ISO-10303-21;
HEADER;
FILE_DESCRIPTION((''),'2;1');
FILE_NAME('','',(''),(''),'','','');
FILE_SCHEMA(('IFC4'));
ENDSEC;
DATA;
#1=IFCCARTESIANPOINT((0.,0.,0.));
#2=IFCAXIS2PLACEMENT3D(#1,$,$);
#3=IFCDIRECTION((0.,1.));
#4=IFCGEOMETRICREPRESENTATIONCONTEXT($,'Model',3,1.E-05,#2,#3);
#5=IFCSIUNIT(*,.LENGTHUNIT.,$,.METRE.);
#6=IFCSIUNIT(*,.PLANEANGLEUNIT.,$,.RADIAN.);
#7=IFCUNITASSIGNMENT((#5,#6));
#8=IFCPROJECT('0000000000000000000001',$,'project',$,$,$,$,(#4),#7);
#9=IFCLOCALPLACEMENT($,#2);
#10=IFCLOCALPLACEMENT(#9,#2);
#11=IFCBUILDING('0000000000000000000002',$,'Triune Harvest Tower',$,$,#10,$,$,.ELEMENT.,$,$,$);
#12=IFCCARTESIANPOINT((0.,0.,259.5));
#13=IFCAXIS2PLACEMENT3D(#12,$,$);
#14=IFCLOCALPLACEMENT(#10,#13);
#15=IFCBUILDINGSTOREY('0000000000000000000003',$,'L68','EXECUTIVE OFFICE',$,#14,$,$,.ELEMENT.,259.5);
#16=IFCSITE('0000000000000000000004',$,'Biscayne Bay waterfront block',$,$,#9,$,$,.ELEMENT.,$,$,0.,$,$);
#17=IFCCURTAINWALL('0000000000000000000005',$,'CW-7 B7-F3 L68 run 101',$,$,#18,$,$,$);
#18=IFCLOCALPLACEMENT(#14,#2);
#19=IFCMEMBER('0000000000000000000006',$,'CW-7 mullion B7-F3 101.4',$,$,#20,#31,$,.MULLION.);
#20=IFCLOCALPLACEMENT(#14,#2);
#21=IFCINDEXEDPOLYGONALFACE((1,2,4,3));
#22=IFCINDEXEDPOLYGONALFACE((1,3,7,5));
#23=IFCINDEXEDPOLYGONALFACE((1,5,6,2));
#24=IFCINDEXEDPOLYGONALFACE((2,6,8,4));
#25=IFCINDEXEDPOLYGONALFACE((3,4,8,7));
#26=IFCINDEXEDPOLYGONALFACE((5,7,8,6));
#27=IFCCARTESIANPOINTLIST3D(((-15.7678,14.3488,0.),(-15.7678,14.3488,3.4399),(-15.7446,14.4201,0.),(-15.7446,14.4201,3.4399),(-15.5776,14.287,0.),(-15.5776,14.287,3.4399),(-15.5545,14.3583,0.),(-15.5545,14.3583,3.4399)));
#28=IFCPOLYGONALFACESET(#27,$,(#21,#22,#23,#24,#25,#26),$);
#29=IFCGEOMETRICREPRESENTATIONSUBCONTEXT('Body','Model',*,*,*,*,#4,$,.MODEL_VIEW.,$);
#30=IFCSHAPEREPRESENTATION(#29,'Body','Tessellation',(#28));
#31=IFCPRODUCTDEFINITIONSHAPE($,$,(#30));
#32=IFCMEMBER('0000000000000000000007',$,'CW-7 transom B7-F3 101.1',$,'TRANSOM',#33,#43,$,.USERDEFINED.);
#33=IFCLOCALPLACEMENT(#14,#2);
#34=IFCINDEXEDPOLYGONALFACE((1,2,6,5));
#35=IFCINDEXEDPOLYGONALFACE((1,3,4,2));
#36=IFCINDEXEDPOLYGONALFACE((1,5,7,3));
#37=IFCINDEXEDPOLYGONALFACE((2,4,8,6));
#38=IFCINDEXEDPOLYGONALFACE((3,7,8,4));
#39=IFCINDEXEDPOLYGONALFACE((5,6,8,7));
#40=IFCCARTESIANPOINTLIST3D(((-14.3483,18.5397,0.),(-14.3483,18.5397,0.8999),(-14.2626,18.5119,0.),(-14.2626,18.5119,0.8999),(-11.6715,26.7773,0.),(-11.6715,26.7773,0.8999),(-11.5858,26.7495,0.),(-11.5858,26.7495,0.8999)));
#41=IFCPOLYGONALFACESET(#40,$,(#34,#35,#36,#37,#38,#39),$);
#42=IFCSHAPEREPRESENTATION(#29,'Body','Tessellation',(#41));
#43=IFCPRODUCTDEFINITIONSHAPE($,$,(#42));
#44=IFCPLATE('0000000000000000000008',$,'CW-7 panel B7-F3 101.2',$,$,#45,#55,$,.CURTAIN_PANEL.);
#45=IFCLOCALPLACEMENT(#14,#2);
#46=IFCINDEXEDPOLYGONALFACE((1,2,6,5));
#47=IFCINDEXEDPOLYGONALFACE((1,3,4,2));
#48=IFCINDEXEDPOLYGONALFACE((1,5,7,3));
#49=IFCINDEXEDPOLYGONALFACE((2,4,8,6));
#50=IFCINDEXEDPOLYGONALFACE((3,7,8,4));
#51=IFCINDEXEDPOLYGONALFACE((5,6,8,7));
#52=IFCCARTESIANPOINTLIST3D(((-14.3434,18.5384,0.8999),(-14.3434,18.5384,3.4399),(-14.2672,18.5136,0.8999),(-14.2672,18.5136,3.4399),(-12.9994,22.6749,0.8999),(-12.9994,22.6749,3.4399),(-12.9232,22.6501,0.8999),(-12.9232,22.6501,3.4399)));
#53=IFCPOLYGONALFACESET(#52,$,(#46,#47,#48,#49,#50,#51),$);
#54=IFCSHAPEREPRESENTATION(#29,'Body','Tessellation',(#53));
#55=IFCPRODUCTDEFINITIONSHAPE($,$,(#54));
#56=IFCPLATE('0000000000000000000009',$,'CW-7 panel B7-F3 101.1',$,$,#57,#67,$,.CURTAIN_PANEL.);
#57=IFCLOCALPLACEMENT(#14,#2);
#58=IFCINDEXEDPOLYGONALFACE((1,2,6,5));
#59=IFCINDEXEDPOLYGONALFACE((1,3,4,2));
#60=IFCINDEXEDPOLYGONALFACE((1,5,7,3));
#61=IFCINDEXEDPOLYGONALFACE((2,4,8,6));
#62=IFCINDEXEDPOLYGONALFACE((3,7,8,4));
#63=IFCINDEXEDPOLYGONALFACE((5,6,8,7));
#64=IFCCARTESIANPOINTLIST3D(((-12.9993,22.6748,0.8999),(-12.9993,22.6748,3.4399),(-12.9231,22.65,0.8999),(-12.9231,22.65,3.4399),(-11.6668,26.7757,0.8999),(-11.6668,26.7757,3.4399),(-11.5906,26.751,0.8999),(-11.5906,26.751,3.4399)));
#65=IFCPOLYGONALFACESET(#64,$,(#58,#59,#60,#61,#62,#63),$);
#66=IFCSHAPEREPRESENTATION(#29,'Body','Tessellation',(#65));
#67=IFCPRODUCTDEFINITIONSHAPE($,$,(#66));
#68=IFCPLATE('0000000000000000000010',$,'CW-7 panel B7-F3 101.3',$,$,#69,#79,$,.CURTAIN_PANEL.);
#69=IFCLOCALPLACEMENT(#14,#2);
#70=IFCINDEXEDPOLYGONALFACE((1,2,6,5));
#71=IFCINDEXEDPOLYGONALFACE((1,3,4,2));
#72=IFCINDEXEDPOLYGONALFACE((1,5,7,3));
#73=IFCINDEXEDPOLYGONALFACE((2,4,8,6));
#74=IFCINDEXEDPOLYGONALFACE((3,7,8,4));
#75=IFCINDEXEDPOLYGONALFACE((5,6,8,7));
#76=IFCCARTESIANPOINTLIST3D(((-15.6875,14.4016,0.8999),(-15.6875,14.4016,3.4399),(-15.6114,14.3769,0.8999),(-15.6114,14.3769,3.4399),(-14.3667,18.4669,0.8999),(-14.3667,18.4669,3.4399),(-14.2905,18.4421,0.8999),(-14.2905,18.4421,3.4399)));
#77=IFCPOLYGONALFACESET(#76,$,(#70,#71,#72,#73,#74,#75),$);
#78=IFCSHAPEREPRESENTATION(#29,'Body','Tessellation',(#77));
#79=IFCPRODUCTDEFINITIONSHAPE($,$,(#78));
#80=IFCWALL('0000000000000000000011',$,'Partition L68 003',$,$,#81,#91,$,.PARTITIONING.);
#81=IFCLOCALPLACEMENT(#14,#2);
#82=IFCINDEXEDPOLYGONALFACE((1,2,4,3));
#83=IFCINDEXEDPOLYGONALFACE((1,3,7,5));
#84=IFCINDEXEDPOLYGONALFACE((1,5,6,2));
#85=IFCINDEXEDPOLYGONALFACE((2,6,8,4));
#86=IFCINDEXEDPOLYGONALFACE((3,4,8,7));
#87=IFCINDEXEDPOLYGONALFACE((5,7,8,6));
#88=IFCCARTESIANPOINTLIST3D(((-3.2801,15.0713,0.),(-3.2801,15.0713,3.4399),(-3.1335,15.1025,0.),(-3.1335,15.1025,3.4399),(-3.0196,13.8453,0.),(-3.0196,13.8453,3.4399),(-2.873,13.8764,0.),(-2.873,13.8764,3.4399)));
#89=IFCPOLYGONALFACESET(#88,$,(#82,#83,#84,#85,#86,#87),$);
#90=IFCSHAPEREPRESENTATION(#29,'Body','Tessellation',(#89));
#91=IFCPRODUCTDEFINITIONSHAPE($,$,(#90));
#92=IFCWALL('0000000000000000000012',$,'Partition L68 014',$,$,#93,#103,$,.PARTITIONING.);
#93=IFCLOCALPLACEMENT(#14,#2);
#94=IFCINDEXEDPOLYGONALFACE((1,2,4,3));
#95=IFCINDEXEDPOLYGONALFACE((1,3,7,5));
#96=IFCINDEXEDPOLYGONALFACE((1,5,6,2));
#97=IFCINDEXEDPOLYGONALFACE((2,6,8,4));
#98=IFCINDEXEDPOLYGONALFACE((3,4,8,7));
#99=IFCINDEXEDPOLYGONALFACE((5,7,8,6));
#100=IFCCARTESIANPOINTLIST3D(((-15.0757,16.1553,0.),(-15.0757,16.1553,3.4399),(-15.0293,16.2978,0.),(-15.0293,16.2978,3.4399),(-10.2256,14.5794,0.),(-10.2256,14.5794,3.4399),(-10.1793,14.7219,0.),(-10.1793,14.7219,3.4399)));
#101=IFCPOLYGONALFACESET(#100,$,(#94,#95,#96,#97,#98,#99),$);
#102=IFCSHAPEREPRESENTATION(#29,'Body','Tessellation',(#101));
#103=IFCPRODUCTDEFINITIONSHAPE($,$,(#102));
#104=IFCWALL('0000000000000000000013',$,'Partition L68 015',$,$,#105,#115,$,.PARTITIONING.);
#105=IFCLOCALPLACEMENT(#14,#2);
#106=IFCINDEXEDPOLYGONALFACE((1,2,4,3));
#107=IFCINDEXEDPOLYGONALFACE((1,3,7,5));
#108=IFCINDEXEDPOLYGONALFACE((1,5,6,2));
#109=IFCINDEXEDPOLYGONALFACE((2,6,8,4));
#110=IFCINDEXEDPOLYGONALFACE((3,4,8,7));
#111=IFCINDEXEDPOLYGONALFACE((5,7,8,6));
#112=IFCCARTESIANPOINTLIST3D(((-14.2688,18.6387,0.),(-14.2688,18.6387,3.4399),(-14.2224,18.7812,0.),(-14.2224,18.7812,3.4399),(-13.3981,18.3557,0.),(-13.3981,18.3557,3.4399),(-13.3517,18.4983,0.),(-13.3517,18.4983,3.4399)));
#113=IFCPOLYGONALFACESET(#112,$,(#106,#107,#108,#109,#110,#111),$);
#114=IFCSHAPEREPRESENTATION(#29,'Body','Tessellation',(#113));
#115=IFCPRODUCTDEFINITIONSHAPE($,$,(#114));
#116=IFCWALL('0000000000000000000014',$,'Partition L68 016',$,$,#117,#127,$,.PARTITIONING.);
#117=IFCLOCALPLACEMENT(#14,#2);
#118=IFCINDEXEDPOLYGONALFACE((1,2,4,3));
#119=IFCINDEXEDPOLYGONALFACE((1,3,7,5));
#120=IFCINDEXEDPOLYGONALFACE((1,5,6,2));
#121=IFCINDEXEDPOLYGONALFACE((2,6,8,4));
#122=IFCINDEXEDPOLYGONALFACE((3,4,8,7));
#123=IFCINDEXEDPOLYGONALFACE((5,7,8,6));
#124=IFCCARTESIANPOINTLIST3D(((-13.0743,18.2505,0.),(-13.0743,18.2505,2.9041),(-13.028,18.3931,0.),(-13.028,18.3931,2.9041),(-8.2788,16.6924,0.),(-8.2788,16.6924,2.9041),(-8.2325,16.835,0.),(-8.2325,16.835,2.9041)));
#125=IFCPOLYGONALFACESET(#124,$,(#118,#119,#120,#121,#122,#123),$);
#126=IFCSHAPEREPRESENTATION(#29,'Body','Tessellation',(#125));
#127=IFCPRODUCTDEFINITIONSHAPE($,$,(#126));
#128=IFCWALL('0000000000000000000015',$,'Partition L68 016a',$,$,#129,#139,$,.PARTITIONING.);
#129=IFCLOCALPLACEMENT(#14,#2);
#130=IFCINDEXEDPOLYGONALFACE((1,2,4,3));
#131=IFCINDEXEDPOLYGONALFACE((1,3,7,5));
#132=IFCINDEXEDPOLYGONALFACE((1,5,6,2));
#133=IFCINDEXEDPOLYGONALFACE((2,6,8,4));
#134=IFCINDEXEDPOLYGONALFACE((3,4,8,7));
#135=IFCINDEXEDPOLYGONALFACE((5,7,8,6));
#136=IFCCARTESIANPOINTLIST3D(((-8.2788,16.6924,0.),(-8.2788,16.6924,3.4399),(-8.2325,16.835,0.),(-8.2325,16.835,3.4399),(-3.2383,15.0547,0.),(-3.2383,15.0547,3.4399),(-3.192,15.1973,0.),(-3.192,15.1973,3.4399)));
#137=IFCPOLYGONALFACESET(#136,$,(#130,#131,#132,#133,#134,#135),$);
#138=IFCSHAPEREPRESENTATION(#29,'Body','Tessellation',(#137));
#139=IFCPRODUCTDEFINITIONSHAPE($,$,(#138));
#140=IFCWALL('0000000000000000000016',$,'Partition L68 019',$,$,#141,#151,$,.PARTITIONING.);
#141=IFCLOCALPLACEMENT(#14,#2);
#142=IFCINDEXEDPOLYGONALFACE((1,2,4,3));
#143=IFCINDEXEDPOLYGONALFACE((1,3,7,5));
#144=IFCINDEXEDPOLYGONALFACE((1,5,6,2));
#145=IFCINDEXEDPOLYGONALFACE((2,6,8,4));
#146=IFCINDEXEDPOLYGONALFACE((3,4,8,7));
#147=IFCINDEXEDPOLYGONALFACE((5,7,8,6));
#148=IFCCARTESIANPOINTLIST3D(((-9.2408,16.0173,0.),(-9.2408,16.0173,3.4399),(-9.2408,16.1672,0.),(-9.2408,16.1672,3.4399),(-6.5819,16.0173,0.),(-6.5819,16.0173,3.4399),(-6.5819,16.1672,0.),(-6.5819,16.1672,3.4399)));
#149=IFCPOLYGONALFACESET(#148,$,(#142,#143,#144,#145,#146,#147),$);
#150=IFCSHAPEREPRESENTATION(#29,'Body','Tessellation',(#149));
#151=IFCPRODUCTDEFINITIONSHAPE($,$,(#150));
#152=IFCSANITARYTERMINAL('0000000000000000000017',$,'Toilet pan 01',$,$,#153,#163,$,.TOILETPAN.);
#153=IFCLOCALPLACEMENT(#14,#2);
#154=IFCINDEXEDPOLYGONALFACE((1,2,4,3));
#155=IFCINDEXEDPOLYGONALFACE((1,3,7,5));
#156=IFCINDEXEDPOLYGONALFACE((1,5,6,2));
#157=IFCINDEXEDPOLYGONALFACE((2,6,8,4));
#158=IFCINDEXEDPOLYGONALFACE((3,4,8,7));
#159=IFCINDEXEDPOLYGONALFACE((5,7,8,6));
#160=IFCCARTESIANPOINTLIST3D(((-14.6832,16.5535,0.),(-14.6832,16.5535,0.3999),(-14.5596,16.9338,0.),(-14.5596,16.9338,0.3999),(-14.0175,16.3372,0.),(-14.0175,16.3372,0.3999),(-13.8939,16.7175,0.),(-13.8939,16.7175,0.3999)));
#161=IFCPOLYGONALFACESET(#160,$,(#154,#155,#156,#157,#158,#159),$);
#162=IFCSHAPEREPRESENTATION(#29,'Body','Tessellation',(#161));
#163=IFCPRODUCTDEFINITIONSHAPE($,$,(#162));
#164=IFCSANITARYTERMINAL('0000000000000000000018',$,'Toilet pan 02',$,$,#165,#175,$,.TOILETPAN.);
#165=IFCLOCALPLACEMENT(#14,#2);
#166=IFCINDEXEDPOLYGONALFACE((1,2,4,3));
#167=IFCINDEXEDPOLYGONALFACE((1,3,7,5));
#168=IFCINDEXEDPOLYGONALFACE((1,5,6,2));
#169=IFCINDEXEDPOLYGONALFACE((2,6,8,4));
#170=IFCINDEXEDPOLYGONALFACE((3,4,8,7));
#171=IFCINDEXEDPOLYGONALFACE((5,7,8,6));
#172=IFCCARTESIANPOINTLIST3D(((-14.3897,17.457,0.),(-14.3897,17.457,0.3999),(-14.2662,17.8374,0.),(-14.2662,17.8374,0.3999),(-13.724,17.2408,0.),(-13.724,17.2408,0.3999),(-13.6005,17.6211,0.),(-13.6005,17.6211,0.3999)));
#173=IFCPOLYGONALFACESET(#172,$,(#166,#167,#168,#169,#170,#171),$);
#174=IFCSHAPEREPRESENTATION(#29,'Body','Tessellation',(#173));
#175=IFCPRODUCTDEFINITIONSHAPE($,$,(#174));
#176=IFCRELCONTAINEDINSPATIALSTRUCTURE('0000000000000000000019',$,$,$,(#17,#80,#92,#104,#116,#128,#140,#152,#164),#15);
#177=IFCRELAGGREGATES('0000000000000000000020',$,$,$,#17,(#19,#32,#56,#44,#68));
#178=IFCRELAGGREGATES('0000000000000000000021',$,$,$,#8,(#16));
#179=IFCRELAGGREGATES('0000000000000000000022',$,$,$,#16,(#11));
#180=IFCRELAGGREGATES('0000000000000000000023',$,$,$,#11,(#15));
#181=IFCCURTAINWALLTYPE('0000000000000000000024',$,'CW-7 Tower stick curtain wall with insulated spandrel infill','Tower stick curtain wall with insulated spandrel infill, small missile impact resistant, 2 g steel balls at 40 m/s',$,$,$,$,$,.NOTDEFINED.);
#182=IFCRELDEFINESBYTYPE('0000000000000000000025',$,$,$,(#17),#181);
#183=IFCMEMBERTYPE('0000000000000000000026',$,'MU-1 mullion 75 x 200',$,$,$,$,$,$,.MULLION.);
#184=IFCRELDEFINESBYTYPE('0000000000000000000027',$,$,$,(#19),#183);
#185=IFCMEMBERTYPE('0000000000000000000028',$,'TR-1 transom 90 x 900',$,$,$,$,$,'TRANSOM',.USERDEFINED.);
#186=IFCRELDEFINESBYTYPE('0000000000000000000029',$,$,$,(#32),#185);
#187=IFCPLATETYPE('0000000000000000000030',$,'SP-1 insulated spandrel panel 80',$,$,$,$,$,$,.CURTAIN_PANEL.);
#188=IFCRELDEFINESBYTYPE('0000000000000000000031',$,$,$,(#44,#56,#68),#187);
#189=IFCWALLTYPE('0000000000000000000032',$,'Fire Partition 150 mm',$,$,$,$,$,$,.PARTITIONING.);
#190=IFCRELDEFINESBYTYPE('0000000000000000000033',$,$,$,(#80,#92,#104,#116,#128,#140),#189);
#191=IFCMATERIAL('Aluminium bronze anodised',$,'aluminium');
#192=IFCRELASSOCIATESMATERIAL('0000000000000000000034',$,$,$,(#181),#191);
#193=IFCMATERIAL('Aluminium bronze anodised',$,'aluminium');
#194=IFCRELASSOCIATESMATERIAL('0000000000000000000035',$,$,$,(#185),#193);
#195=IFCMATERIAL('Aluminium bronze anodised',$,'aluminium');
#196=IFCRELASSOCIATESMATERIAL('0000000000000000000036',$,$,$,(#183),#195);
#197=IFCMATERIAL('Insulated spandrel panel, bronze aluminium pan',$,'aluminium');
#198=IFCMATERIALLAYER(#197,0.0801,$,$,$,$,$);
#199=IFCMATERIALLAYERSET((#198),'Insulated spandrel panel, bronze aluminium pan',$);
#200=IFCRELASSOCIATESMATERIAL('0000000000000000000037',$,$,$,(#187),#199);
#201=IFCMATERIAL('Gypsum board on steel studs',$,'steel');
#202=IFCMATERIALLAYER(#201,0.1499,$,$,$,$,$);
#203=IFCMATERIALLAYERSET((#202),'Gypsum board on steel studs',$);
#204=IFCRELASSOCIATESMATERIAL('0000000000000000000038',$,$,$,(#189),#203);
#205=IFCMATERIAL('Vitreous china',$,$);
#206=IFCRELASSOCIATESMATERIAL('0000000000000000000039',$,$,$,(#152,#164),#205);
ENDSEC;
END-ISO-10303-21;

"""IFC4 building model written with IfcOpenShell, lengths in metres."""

from ifc_helpers import new_model, si_unit, direction, frame, frame_2d, origin, origin_2d, place, context, subcontext, project, spatial, rectangle, extrude, source, transform, mapped, material, layer, layer_set, material_profile, profile_set, type_object, element, aggregate, save


model = new_model("IFC4")

# Units and contexts
model_context = context("Model", 3, precision=1e-05, world=origin(), true_north=direction((0.0, 1.0)))
body_context = subcontext(model_context, "Body", "Model", "MODEL_VIEW")
ifc_project = project(units=[si_unit("LENGTHUNIT", "METRE"), si_unit("PLANEANGLEUNIT", "RADIAN")], contexts=[model_context])

# Site, building, storey
site_placement = place(None, origin())
site = spatial("IfcSite", under=ifc_project, at=site_placement, Name="Biscayne Bay waterfront block", CompositionType="ELEMENT", RefElevation=0.0)
building_placement = place(site_placement, origin())
building = spatial("IfcBuilding", under=site, at=building_placement, Name="Triune Harvest Tower", CompositionType="ELEMENT")
storey_placement = place(building_placement, frame((0.0, 0.0, 259.5)))
storey = spatial("IfcBuildingStorey", under=building, at=storey_placement, Name="L68", Description="EXECUTIVE OFFICE", CompositionType="ELEMENT", Elevation=259.5)

# Curtain wall
ifc_material_1 = material(Name="Aluminium bronze anodised", Category="aluminium")
curtain_wall_type = type_object("IfcCurtainWallType", Name="CW-7 Tower stick curtain wall with insulated spandrel infill", Description="Tower stick curtain wall with insulated spandrel infill, small missile impact resistant, 2 g steel balls at 40 m/s", PredefinedType="NOTDEFINED", material=ifc_material_1)
curtain_wall_placement = place(storey_placement, origin())
curtain_wall = element("IfcCurtainWall", 1, at=curtain_wall_placement, inside=storey, type_object=curtain_wall_type, Name="CW-7 B7-F3 L68 run 101")
ifc_material_2 = material(Name="Aluminium bronze anodised", Category="aluminium")
ifc_material_profile_1 = material_profile(ifc_material_2, rectangle(XDim=0.0901, YDim=0.8999, at=origin_2d()), Name="TR-1 transom 90 x 900")
ifc_profile_set_1 = profile_set([ifc_material_profile_1], Name="Aluminium bronze anodised")
member_type_1 = type_object("IfcMemberType", Name="TR-1 transom 90 x 900", ElementType="TRANSOM", PredefinedType="USERDEFINED", material=ifc_profile_set_1)

# Members
ifc_material_3 = material(Name="Aluminium bronze anodised", Category="aluminium")
ifc_material_profile_2 = material_profile(ifc_material_3, rectangle(XDim=0.2, YDim=0.075, at=origin_2d()), Name="MU-1 mullion 75 x 200")
ifc_profile_set_2 = profile_set([ifc_material_profile_2], Name="Aluminium bronze anodised")
member_type_2 = type_object("IfcMemberType", Name="MU-1 mullion 75 x 200", PredefinedType="MULLION", material=ifc_profile_set_2)
shared_shape_1 = source(origin(), body_context, "Body", "SweptSolid", [
    extrude(rectangle(XDim=0.2, YDim=0.075, at=origin_2d()), origin(), (0.0, 0.0, 1.0), 3.4399),
])
member_1_placement = place(storey_placement, frame((-15.6611, 14.3535, 0.0), z_axis=(0.0, 0.0, 1.0), x_axis=(0.951056, -0.30902, 0.0)))
member_1 = element("IfcMember", 2, at=member_1_placement, type_object=member_type_2, Name="CW-7 mullion B7-F3 101.4", PredefinedType="MULLION", context=body_context, shape_type="MappedRepresentation", body=[
    mapped(shared_shape_1, transform((0.0, 0.0, 0.0), scale=1.0)),
])
shared_shape_2 = source(origin(), body_context, "Body", "SweptSolid", [
    extrude(rectangle(XDim=0.0901, YDim=0.8999, at=origin_2d()), origin(), (0.0, 0.0, 1.0), 8.6616),
])
member_2_placement = place(storey_placement, frame((-11.6287, 26.7634, 0.45), z_axis=(-0.30904, -0.951049, 0.0), x_axis=(0.951049, -0.30904, 0.0)))
member_2 = element("IfcMember", 3, at=member_2_placement, type_object=member_type_1, Name="CW-7 transom B7-F3 101.1", ObjectType="TRANSOM", PredefinedType="USERDEFINED", context=body_context, shape_type="MappedRepresentation", body=[
    mapped(shared_shape_2, transform((0.0, 0.0, 0.0), scale=1.0)),
])

# Plates
ifc_material_4 = material(Name="Insulated spandrel panel, bronze aluminium pan", Category="aluminium")
ifc_layer_1 = layer(ifc_material_4, 0.0801)
ifc_layer_set_1 = layer_set([ifc_layer_1], Name="Insulated spandrel panel, bronze aluminium pan")
plate_type = type_object("IfcPlateType", Name="SP-1 insulated spandrel panel 80", PredefinedType="CURTAIN_PANEL", material=ifc_layer_set_1)
shared_shape_3 = source(origin(), body_context, "Body", "SweptSolid", [
    extrude(rectangle(XDim=4.3494, YDim=0.0801, at=origin_2d()), origin(), (0.0, 0.0, 1.0), 2.54),
])
plate_1_placement = place(storey_placement, frame((-13.6333, 20.5942, 0.8999), z_axis=(0.0, 0.0, 1.0), x_axis=(-0.30902, -0.951056, 0.0)))
plate_1 = element("IfcPlate", 4, at=plate_1_placement, type_object=plate_type, Name="CW-7 panel B7-F3 101.2", PredefinedType="CURTAIN_PANEL", context=body_context, shape_type="MappedRepresentation", body=[
    mapped(shared_shape_3, transform((0.0, 0.0, 0.0), scale=1.0)),
])
shared_shape_4 = source(origin(), body_context, "Body", "SweptSolid", [
    extrude(rectangle(XDim=4.312, YDim=0.0801, at=origin_2d()), origin(), (0.0, 0.0, 1.0), 2.54),
])
plate_2_placement = place(storey_placement, frame((-12.2949, 24.7129, 0.8999), z_axis=(0.0, 0.0, 1.0), x_axis=(-0.30902, -0.951056, 0.0)))
plate_2 = element("IfcPlate", 5, at=plate_2_placement, type_object=plate_type, Name="CW-7 panel B7-F3 101.1", PredefinedType="CURTAIN_PANEL", context=body_context, shape_type="MappedRepresentation", body=[
    mapped(shared_shape_4, transform((0.0, 0.0, 0.0), scale=1.0)),
])
shared_shape_5 = source(origin(), body_context, "Body", "SweptSolid", [
    extrude(rectangle(XDim=4.2744, YDim=0.0801, at=origin_2d()), origin(), (0.0, 0.0, 1.0), 2.54),
])
plate_3_placement = place(storey_placement, frame((-14.989, 16.4219, 0.8999), z_axis=(0.0, 0.0, 1.0), x_axis=(-0.30902, -0.951056, 0.0)))
plate_3 = element("IfcPlate", 6, at=plate_3_placement, type_object=plate_type, Name="CW-7 panel B7-F3 101.3", PredefinedType="CURTAIN_PANEL", context=body_context, shape_type="MappedRepresentation", body=[
    mapped(shared_shape_5, transform((0.0, 0.0, 0.0), scale=1.0)),
])
aggregate(curtain_wall, [member_1, member_2, plate_2, plate_1, plate_3])

# Walls
ifc_material_5 = material(Name="Gypsum board on steel studs", Category="steel")
ifc_layer_2 = layer(ifc_material_5, 0.1499)
ifc_layer_set_2 = layer_set([ifc_layer_2], Name="Gypsum board on steel studs")
wall_type = type_object("IfcWallType", Name="Fire Partition 150 mm", PredefinedType="PARTITIONING", material=ifc_layer_set_2)
shared_shape_6 = source(origin(), body_context, "Body", "SweptSolid", [
    extrude(rectangle(XDim=1.2534, YDim=0.1499, at=frame_2d((0.6267, 0.0))), origin(), (0.0, 0.0, 1.0), 3.4399),
])
wall_1_placement = place(storey_placement, frame((-3.2068, 15.0869, 0.0), z_axis=(0.0, 0.0, 1.0), x_axis=(0.207826, -0.978166, 0.0)))
element("IfcWall", 7, at=wall_1_placement, inside=storey, type_object=wall_type, Name="Partition L68 003", PredefinedType="PARTITIONING", context=body_context, shape_type="MappedRepresentation", body=[
    mapped(shared_shape_6, transform((0.0, 0.0, 0.0), scale=1.0)),
])
shared_shape_7 = source(origin(), body_context, "Body", "SweptSolid", [
    extrude(rectangle(XDim=5.0996, YDim=0.1499, at=frame_2d((2.5498, 0.0))), origin(), (0.0, 0.0, 1.0), 3.4399),
])
wall_2_placement = place(storey_placement, frame((-15.0525, 16.2266, 0.0), z_axis=(0.0, 0.0, 1.0), x_axis=(0.951054, -0.309023, 0.0)))
element("IfcWall", 8, at=wall_2_placement, inside=storey, type_object=wall_type, Name="Partition L68 014", PredefinedType="PARTITIONING", context=body_context, shape_type="MappedRepresentation", body=[
    mapped(shared_shape_7, transform((0.0, 0.0, 0.0), scale=1.0)),
])
shared_shape_8 = source(origin(), body_context, "Body", "SweptSolid", [
    extrude(rectangle(XDim=0.9155, YDim=0.1499, at=frame_2d((0.4578, 0.0))), origin(), (0.0, 0.0, 1.0), 3.4399),
])
wall_3_placement = place(storey_placement, frame((-14.2456, 18.71, 0.0), z_axis=(0.0, 0.0, 1.0), x_axis=(0.95103, -0.309098, 0.0)))
element("IfcWall", 9, at=wall_3_placement, inside=storey, type_object=wall_type, Name="Partition L68 015", PredefinedType="PARTITIONING", context=body_context, shape_type="MappedRepresentation", body=[
    mapped(shared_shape_8, transform((0.0, 0.0, 0.0), scale=1.0)),
])
shared_shape_9 = source(origin(), body_context, "Body", "SweptSolid", [
    extrude(rectangle(XDim=5.0422, YDim=0.1499, at=frame_2d((2.521, 0.0))), origin(), (0.0, 0.0, 1.0), 2.9041),
])
wall_4_placement = place(storey_placement, frame((-13.051, 18.3218, 0.0), z_axis=(0.0, 0.0, 1.0), x_axis=(0.951058, -0.309014, 0.0)))
element("IfcWall", 10, at=wall_4_placement, inside=storey, type_object=wall_type, Name="Partition L68 016", PredefinedType="PARTITIONING", context=body_context, shape_type="MappedRepresentation", body=[
    mapped(shared_shape_9, transform((0.0, 0.0, 0.0), scale=1.0)),
])
shared_shape_10 = source(origin(), body_context, "Body", "SweptSolid", [
    extrude(rectangle(XDim=5.2998, YDim=0.1499, at=frame_2d((2.6499, 0.0))), origin(), (0.0, 0.0, 1.0), 3.4399),
])
wall_5_placement = place(storey_placement, frame((-8.2556, 16.7637, 0.0), z_axis=(0.0, 0.0, 1.0), x_axis=(0.95106, -0.309005, 0.0)))
element("IfcWall", 11, at=wall_5_placement, inside=storey, type_object=wall_type, Name="Partition L68 016a", PredefinedType="PARTITIONING", context=body_context, shape_type="MappedRepresentation", body=[
    mapped(shared_shape_10, transform((0.0, 0.0, 0.0), scale=1.0)),
])
shared_shape_11 = source(origin(), body_context, "Body", "SweptSolid", [
    extrude(rectangle(XDim=2.6589, YDim=0.1499, at=frame_2d((1.3296, 0.0))), origin(), (0.0, 0.0, 1.0), 3.4399),
])
wall_6_placement = place(storey_placement, frame((-9.241, 16.0923, 0.0), z_axis=(0.0, 0.0, 1.0), x_axis=(1.0, 0.0, 0.0)))
element("IfcWall", 12, at=wall_6_placement, inside=storey, type_object=wall_type, Name="Partition L68 019", PredefinedType="PARTITIONING", context=body_context, shape_type="MappedRepresentation", body=[
    mapped(shared_shape_11, transform((0.0, 0.0, 0.0), scale=1.0)),
])

# Sanitary terminals
ifc_material_6 = material(Name="Vitreous china")
shared_shape_12 = source(origin(), body_context, "Body", "SweptSolid", [
    extrude(rectangle(XDim=0.3999, YDim=0.7, at=origin_2d()), origin(), (0.0, 0.0, 1.0), 0.3999),
])
for number, where, z_axis, x_axis, name in (
    (13, (-14.2886, 16.6355, 0.0), (0.0, 0.0, 1.0), (0.308984, 0.951067, 0.0), "Toilet pan 01"),
    (14, (-13.9951, 17.5391, 0.0), (0.0, 0.0, 1.0), (0.308984, 0.951067, 0.0), "Toilet pan 02"),
):
    element("IfcSanitaryTerminal", number, at=place(storey_placement, frame(where, z_axis=z_axis, x_axis=x_axis)), inside=storey, material=ifc_material_6, Name=name, PredefinedType="TOILETPAN", context=body_context, shape_type="MappedRepresentation", body=[
        mapped(shared_shape_12, transform((0.0, 0.0, 0.0), scale=1.0)),
    ])

save(model, "model.ifc")
